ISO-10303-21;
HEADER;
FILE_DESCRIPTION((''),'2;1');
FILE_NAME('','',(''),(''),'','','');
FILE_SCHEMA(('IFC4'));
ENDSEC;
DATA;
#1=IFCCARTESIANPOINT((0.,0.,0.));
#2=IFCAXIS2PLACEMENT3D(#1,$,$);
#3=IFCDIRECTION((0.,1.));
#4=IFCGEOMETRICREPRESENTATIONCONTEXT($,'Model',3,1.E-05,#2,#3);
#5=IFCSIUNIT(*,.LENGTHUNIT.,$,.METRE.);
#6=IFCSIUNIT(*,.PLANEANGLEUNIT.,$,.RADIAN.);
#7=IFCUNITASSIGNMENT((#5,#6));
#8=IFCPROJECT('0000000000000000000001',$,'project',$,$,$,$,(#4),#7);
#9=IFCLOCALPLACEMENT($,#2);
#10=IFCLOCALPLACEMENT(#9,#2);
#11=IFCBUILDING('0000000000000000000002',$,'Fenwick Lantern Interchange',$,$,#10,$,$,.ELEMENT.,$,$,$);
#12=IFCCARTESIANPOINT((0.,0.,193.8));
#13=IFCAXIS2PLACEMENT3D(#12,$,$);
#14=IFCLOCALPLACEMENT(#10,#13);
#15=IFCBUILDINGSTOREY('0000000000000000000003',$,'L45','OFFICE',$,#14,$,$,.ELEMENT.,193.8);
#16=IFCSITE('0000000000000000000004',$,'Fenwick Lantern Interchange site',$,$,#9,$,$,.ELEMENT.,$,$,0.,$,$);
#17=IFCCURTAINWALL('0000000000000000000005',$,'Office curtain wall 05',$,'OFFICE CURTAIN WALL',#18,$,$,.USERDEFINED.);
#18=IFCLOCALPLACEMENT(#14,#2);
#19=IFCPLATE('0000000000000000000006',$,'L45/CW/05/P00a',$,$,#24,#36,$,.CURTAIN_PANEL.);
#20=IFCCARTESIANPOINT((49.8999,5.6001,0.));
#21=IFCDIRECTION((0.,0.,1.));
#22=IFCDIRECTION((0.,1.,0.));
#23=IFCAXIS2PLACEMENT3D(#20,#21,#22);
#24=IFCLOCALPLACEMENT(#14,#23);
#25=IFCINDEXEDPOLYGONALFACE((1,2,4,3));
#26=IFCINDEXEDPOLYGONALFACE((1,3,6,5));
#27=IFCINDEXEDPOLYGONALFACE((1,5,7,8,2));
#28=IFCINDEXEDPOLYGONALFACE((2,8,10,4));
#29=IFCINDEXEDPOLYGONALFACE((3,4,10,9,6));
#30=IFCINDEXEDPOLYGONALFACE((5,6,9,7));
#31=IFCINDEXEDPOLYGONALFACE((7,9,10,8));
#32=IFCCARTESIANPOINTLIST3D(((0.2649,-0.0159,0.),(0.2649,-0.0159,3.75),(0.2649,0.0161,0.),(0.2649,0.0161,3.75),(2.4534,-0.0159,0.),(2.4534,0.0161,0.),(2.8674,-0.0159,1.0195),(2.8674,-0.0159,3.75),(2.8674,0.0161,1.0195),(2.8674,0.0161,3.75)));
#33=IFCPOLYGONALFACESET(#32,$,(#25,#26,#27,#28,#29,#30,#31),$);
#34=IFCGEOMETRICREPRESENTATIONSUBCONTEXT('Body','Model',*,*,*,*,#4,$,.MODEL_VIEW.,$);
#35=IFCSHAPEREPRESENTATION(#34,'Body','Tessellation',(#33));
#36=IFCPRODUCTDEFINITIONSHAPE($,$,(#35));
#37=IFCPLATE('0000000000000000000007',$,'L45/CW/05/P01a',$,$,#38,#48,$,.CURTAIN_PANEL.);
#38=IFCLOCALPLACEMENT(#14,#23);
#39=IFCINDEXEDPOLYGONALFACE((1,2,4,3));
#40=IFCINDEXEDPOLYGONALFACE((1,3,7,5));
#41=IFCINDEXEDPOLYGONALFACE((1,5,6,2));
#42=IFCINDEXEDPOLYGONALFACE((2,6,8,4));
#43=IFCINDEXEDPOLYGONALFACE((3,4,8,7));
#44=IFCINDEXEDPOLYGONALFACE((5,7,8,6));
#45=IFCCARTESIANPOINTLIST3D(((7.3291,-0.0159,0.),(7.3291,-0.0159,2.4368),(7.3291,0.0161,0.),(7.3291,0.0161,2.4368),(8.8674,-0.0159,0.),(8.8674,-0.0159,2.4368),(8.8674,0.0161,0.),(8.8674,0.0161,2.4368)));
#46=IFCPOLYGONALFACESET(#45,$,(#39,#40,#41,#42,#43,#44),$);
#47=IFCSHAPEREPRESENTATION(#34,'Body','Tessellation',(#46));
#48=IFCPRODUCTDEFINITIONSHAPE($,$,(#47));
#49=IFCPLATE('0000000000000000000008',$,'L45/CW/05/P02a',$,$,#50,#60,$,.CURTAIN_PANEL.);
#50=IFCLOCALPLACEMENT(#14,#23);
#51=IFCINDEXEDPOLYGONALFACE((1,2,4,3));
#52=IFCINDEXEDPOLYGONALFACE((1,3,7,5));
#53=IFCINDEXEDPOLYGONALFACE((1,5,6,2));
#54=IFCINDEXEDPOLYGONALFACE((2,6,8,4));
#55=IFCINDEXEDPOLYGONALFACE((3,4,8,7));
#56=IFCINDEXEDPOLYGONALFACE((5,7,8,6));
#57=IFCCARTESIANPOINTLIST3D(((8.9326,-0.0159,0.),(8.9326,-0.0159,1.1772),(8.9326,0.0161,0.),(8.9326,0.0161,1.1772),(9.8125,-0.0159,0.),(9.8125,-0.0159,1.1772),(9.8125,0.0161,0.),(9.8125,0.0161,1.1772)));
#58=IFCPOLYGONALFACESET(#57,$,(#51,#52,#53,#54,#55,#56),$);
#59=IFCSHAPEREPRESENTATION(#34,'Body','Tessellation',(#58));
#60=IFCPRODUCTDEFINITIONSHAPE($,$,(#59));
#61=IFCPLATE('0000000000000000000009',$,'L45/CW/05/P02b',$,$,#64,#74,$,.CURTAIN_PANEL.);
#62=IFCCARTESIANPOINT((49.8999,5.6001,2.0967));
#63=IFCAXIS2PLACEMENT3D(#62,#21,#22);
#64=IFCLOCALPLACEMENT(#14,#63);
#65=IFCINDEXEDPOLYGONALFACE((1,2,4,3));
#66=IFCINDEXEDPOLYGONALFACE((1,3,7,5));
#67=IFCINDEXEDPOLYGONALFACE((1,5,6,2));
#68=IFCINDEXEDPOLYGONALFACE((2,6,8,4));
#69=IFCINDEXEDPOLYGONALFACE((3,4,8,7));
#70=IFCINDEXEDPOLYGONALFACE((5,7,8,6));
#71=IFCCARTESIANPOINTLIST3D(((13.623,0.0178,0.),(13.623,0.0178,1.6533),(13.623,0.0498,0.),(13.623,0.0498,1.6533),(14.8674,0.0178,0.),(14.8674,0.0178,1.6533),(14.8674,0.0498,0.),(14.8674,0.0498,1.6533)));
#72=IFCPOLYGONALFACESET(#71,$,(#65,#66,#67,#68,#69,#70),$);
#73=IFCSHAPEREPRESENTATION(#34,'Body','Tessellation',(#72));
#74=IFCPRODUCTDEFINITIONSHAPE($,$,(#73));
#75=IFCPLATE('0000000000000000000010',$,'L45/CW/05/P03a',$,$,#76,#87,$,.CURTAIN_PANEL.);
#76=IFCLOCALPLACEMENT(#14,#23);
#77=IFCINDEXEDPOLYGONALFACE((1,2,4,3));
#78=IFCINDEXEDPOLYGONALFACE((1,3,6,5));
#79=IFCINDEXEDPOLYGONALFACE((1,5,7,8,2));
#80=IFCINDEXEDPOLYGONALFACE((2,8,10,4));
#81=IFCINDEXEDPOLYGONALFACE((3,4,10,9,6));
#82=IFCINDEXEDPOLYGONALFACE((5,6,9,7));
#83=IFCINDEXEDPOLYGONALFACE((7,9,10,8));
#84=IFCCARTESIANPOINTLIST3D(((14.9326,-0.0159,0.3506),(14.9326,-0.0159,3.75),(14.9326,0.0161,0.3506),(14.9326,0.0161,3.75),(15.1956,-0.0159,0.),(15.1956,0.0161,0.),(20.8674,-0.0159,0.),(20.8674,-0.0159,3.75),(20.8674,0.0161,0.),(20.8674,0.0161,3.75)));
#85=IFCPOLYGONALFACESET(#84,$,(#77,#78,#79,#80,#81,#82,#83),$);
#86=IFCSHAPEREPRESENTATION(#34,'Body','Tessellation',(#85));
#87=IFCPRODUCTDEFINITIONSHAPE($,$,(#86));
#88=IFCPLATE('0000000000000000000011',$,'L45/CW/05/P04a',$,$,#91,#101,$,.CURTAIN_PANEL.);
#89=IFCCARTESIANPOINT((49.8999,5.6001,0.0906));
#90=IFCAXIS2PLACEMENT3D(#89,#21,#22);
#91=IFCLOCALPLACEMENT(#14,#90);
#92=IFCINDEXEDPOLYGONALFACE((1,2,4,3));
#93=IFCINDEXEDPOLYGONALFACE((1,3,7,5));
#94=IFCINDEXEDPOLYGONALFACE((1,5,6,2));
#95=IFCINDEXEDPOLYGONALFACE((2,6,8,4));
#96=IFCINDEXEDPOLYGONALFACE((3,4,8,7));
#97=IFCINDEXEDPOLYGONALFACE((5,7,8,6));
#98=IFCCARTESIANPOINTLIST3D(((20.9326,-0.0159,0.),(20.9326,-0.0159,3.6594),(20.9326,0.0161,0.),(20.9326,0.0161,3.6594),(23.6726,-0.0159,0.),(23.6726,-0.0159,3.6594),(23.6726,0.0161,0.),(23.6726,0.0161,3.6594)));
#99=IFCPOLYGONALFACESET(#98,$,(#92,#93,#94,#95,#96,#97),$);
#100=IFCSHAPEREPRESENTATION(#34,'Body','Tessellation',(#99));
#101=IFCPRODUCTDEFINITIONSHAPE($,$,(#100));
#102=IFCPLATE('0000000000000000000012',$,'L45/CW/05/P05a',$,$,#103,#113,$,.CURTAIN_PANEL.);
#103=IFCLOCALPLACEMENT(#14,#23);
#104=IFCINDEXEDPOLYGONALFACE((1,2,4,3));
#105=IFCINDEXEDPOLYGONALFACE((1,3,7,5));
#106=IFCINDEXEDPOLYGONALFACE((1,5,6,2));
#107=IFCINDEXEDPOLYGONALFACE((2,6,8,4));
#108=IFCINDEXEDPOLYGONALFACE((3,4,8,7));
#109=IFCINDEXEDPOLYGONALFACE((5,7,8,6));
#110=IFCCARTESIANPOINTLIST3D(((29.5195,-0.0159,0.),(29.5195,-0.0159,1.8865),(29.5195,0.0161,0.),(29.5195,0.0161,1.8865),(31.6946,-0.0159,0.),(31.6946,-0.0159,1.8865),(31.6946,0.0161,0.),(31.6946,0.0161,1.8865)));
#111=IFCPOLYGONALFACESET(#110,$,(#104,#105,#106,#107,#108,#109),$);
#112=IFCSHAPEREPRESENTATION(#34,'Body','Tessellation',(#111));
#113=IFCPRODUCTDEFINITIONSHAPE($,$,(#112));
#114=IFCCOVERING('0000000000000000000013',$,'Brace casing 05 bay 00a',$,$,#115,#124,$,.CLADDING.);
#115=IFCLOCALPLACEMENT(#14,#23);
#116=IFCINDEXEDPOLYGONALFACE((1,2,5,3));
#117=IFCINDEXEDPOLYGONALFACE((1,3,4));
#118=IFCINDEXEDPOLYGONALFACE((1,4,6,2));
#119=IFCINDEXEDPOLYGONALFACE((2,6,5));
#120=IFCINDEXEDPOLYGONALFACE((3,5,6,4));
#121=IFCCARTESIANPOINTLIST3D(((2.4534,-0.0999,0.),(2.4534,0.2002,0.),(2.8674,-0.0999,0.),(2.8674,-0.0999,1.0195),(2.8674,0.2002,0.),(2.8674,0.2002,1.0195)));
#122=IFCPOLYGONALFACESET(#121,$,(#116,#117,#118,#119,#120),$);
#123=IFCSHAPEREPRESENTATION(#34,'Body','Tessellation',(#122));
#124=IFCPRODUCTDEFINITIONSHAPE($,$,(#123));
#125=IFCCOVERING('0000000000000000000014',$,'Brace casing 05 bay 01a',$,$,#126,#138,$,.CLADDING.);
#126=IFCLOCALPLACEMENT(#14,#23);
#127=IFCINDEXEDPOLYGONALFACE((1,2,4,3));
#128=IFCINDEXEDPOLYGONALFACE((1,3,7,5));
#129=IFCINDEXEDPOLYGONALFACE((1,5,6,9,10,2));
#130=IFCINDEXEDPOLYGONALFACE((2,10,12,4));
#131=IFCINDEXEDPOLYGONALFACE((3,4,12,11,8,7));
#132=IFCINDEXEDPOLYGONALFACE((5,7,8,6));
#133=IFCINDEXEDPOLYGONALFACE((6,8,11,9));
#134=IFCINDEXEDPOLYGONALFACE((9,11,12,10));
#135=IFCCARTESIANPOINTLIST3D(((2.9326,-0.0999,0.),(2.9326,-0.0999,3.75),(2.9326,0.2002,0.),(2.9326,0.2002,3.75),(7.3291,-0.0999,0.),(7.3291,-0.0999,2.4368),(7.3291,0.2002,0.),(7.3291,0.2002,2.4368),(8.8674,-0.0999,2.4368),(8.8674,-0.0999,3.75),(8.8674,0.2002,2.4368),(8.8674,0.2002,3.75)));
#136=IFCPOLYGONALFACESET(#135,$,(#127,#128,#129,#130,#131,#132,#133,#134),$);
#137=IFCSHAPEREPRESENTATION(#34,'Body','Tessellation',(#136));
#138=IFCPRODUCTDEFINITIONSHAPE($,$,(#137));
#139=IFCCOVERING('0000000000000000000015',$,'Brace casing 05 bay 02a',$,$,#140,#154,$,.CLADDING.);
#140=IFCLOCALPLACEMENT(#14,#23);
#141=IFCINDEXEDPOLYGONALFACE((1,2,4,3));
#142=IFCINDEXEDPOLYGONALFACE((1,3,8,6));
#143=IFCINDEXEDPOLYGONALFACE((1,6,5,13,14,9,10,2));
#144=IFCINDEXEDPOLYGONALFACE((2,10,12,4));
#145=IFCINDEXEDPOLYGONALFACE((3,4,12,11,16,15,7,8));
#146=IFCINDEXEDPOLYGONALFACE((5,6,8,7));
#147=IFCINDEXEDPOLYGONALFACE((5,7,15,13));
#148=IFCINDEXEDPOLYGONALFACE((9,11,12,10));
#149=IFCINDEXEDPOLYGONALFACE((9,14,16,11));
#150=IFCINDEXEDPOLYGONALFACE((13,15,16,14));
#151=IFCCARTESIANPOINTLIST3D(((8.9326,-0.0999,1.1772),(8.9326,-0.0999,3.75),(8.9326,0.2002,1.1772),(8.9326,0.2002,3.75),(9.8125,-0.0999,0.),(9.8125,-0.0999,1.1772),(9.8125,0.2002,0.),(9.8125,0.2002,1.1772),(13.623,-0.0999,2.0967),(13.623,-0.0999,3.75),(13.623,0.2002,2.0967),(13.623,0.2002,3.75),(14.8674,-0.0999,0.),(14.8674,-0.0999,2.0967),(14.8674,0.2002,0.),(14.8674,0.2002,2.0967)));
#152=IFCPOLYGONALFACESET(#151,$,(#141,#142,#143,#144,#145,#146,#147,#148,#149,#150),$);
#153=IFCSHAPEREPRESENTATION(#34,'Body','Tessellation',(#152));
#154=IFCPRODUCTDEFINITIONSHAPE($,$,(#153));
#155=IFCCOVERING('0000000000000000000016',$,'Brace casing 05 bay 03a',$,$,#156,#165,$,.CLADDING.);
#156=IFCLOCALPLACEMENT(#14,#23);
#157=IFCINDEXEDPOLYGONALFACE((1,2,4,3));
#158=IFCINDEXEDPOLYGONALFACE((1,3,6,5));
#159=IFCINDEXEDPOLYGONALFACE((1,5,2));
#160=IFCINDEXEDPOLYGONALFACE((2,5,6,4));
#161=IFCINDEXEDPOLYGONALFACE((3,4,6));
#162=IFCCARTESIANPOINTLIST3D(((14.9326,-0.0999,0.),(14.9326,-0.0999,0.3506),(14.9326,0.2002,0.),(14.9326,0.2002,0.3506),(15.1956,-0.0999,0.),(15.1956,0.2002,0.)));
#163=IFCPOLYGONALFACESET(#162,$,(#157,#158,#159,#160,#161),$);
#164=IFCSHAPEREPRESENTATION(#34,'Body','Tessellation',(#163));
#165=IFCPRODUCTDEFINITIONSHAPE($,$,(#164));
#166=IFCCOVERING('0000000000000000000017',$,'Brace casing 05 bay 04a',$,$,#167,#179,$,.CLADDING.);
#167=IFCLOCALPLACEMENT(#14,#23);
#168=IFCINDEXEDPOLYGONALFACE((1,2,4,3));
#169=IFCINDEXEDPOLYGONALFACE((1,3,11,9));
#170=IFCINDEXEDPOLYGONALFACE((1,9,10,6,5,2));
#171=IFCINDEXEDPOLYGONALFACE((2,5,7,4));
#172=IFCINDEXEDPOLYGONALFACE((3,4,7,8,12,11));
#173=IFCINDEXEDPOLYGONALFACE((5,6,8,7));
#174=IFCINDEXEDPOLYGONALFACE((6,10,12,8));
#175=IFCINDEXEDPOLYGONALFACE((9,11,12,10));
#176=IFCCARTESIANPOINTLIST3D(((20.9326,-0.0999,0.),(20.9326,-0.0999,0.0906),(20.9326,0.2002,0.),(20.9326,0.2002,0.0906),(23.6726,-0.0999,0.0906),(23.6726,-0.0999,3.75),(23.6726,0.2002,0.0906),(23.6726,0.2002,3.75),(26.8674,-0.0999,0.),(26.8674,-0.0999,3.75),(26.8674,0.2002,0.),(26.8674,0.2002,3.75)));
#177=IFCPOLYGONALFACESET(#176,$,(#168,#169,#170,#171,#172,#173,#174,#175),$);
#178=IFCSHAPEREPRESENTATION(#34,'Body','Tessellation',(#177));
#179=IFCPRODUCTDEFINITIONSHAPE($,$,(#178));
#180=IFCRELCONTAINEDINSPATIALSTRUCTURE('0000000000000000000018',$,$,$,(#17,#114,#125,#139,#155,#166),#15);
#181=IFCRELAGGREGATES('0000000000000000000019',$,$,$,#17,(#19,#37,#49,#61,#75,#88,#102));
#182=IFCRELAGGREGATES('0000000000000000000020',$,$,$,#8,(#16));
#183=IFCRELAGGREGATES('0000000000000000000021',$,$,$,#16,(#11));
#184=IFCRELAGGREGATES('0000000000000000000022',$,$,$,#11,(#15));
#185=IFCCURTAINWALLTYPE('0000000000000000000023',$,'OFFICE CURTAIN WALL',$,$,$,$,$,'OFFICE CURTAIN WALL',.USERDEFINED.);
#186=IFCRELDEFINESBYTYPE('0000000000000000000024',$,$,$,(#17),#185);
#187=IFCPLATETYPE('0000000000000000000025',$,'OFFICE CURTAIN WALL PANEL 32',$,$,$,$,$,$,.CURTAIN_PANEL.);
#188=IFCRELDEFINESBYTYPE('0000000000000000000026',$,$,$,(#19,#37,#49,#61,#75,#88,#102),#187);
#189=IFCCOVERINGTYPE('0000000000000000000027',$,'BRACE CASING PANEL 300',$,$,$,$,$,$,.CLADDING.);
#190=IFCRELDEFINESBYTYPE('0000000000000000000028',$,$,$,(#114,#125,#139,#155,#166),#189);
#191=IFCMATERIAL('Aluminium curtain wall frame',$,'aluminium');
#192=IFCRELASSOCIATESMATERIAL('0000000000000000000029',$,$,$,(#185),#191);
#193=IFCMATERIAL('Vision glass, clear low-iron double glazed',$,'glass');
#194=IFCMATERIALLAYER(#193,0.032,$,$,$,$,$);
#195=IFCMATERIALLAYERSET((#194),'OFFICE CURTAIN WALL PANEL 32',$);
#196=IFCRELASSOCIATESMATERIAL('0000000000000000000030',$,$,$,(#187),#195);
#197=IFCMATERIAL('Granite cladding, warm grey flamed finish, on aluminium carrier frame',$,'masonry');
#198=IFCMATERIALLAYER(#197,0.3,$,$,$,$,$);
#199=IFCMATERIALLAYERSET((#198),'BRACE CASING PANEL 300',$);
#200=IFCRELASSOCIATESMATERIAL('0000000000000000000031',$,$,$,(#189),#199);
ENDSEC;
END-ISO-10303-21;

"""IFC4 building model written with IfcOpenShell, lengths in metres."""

from ifc_helpers import new_model, si_unit, direction, frame, origin, place, context, subcontext, project, spatial, polyline, outline, extrude, material, layer, layer_set, type_object, element, aggregate, save


model = new_model("IFC4")

# Units and contexts
model_context = context("Model", 3, precision=1e-05, world=origin(), true_north=direction((0.0, 1.0)))
body_context = subcontext(model_context, "Body", "Model", "MODEL_VIEW")
ifc_project = project(units=[si_unit("LENGTHUNIT", "METRE"), si_unit("PLANEANGLEUNIT", "RADIAN")], contexts=[model_context])

# Site, building, storey
site_placement = place(None, origin())
site = spatial("IfcSite", under=ifc_project, at=site_placement, Name="Fenwick Lantern Interchange site", CompositionType="ELEMENT", RefElevation=0.0)
building_placement = place(site_placement, origin())
building = spatial("IfcBuilding", under=site, at=building_placement, Name="Fenwick Lantern Interchange", CompositionType="ELEMENT")
storey_placement = place(building_placement, frame((0.0, 0.0, 193.8)))
storey = spatial("IfcBuildingStorey", under=building, at=storey_placement, Name="L45", Description="OFFICE", CompositionType="ELEMENT", Elevation=193.8)

# Shared definitions
ifc_material_1 = material(Name="Aluminium curtain wall frame", Category="aluminium")
curtain_wall_type = type_object("IfcCurtainWallType", Name="OFFICE CURTAIN WALL", ElementType="OFFICE CURTAIN WALL", PredefinedType="USERDEFINED", material=ifc_material_1)

# Shared definitions
ifc_material_2 = material(Name="Vision glass, clear low-iron double glazed", Category="glass")
ifc_layer_1 = layer(ifc_material_2, 0.032)
ifc_layer_set_1 = layer_set([ifc_layer_1], Name="OFFICE CURTAIN WALL PANEL 32")
plate_type = type_object("IfcPlateType", Name="OFFICE CURTAIN WALL PANEL 32", PredefinedType="CURTAIN_PANEL", material=ifc_layer_set_1)

# Curtain wall, plates
curtain_wall_1_placement = place(storey_placement, origin())
curtain_wall_1 = element("IfcCurtainWall", 1, at=curtain_wall_1_placement, inside=storey, type_object=curtain_wall_type, Name="Office curtain wall 05", ObjectType="OFFICE CURTAIN WALL", PredefinedType="USERDEFINED")
plate_1_placement = place(storey_placement, frame((49.8999, 5.6001, 0.0), z_axis=(0.0, 0.0, 1.0), x_axis=(0.0, 1.0, 0.0)))
plate_1 = element("IfcPlate", 2, at=plate_1_placement, type_object=plate_type, Name="L45/CW/05/P00a", PredefinedType="CURTAIN_PANEL", context=body_context, shape_type="SweptSolid", body=[
    extrude(outline(polyline([(0.2649, 0.0), (2.4534, 0.0), (2.8674, 1.0195), (2.8674, 3.75), (0.2649, 3.75), (0.2649, 0.0)])), frame((0.0, 0.0161, 0.0), z_axis=(0.0, -1.0, 0.0), x_axis=(1.0, 0.0, 0.0)), (0.0, 0.0, 1.0), 0.032),
])
plate_2_placement = place(storey_placement, frame((49.8999, 5.6001, 0.0), z_axis=(0.0, 0.0, 1.0), x_axis=(0.0, 1.0, 0.0)))
plate_2 = element("IfcPlate", 3, at=plate_2_placement, type_object=plate_type, Name="L45/CW/05/P01a", PredefinedType="CURTAIN_PANEL", context=body_context, shape_type="SweptSolid", body=[
    extrude(outline(polyline([(7.3291, 0.0), (8.8674, 0.0), (8.8674, 2.4368), (7.3291, 2.4368), (7.3291, 0.0)])), frame((0.0, 0.0161, 0.0), z_axis=(0.0, -1.0, 0.0), x_axis=(1.0, 0.0, 0.0)), (0.0, 0.0, 1.0), 0.032),
])
plate_3_placement = place(storey_placement, frame((49.8999, 5.6001, 0.0), z_axis=(0.0, 0.0, 1.0), x_axis=(0.0, 1.0, 0.0)))
plate_3 = element("IfcPlate", 4, at=plate_3_placement, type_object=plate_type, Name="L45/CW/05/P02a", PredefinedType="CURTAIN_PANEL", context=body_context, shape_type="SweptSolid", body=[
    extrude(outline(polyline([(8.9326, 0.0), (9.8125, 0.0), (9.8125, 1.1772), (8.9326, 1.1772), (8.9326, 0.0)])), frame((0.0, 0.0161, 0.0), z_axis=(0.0, -1.0, 0.0), x_axis=(1.0, 0.0, 0.0)), (0.0, 0.0, 1.0), 0.032),
])
plate_4_placement = place(storey_placement, frame((49.8999, 5.6001, 2.0967), z_axis=(0.0, 0.0, 1.0), x_axis=(0.0, 1.0, 0.0)))
plate_4 = element("IfcPlate", 5, at=plate_4_placement, type_object=plate_type, Name="L45/CW/05/P02b", PredefinedType="CURTAIN_PANEL", context=body_context, shape_type="SweptSolid", body=[
    extrude(outline(polyline([(13.623, 0.0), (14.8674, 0.0), (14.8674, 1.6533), (13.623, 1.6533), (13.623, 0.0)])), frame((0.0, 0.0498, 0.0), z_axis=(0.0, -1.0, 0.0), x_axis=(1.0, 0.0, 0.0)), (0.0, 0.0, 1.0), 0.032),
])
plate_5_placement = place(storey_placement, frame((49.8999, 5.6001, 0.0), z_axis=(0.0, 0.0, 1.0), x_axis=(0.0, 1.0, 0.0)))
plate_5 = element("IfcPlate", 6, at=plate_5_placement, type_object=plate_type, Name="L45/CW/05/P03a", PredefinedType="CURTAIN_PANEL", context=body_context, shape_type="SweptSolid", body=[
    extrude(outline(polyline([(15.1956, 0.0), (20.8674, 0.0), (20.8674, 3.75), (14.9326, 3.75), (14.9326, 0.3506), (15.1956, 0.0)])), frame((0.0, 0.0161, 0.0), z_axis=(0.0, -1.0, 0.0), x_axis=(1.0, 0.0, 0.0)), (0.0, 0.0, 1.0), 0.032),
])
plate_6_placement = place(storey_placement, frame((49.8999, 5.6001, 0.0906), z_axis=(0.0, 0.0, 1.0), x_axis=(0.0, 1.0, 0.0)))
plate_6 = element("IfcPlate", 7, at=plate_6_placement, type_object=plate_type, Name="L45/CW/05/P04a", PredefinedType="CURTAIN_PANEL", context=body_context, shape_type="SweptSolid", body=[
    extrude(outline(polyline([(20.9326, 0.0), (23.6726, 0.0), (23.6726, 3.6594), (20.9326, 3.6594), (20.9326, 0.0)])), frame((0.0, 0.0161, 0.0), z_axis=(0.0, -1.0, 0.0), x_axis=(1.0, 0.0, 0.0)), (0.0, 0.0, 1.0), 0.032),
])
plate_7_placement = place(storey_placement, frame((49.8999, 5.6001, 0.0), z_axis=(0.0, 0.0, 1.0), x_axis=(0.0, 1.0, 0.0)))
plate_7 = element("IfcPlate", 8, at=plate_7_placement, type_object=plate_type, Name="L45/CW/05/P05a", PredefinedType="CURTAIN_PANEL", context=body_context, shape_type="SweptSolid", body=[
    extrude(outline(polyline([(29.5195, 0.0), (31.6946, 0.0), (31.6946, 1.8865), (29.5195, 1.8865), (29.5195, 0.0)])), frame((0.0, 0.0161, 0.0), z_axis=(0.0, -1.0, 0.0), x_axis=(1.0, 0.0, 0.0)), (0.0, 0.0, 1.0), 0.032),
])
aggregate(curtain_wall_1, [plate_1, plate_2, plate_3, plate_4, plate_5, plate_6, plate_7])

# Coverings
ifc_material_3 = material(Name="Granite cladding, warm grey flamed finish, on aluminium carrier frame", Category="masonry")
ifc_layer_2 = layer(ifc_material_3, 0.3)
ifc_layer_set_2 = layer_set([ifc_layer_2], Name="BRACE CASING PANEL 300")
covering_type = type_object("IfcCoveringType", Name="BRACE CASING PANEL 300", PredefinedType="CLADDING", material=ifc_layer_set_2)
covering_1_placement = place(storey_placement, frame((49.8999, 5.6001, 0.0), z_axis=(0.0, 0.0, 1.0), x_axis=(0.0, 1.0, 0.0)))
element("IfcCovering", 9, at=covering_1_placement, inside=storey, type_object=covering_type, Name="Brace casing 05 bay 00a", PredefinedType="CLADDING", context=body_context, shape_type="SweptSolid", body=[
    extrude(outline(polyline([(2.4534, 0.0), (2.8674, 0.0), (2.8674, 1.0195), (2.4534, 0.0)])), frame((0.0, 0.2002, 0.0), z_axis=(0.0, -1.0, 0.0), x_axis=(1.0, 0.0, 0.0)), (0.0, 0.0, 1.0), 0.3),
])
covering_2_placement = place(storey_placement, frame((49.8999, 5.6001, 0.0), z_axis=(0.0, 0.0, 1.0), x_axis=(0.0, 1.0, 0.0)))
element("IfcCovering", 10, at=covering_2_placement, inside=storey, type_object=covering_type, Name="Brace casing 05 bay 01a", PredefinedType="CLADDING", context=body_context, shape_type="SweptSolid", body=[
    extrude(outline(polyline([(2.9326, 0.0), (7.3291, 0.0), (7.3291, 2.4368), (8.8674, 2.4368), (8.8674, 3.75), (2.9326, 3.75), (2.9326, 0.0)])), frame((0.0, 0.2002, 0.0), z_axis=(0.0, -1.0, 0.0), x_axis=(1.0, 0.0, 0.0)), (0.0, 0.0, 1.0), 0.3),
])
covering_3_placement = place(storey_placement, frame((49.8999, 5.6001, 0.0), z_axis=(0.0, 0.0, 1.0), x_axis=(0.0, 1.0, 0.0)))
element("IfcCovering", 11, at=covering_3_placement, inside=storey, type_object=covering_type, Name="Brace casing 05 bay 02a", PredefinedType="CLADDING", context=body_context, shape_type="SweptSolid", body=[
    extrude(outline(polyline([(9.8125, 0.0), (14.8674, 0.0), (14.8674, 2.0967), (13.623, 2.0967), (13.623, 3.75), (8.9326, 3.75), (8.9326, 1.1772), (9.8125, 1.1772), (9.8125, 0.0)])), frame((0.0, 0.2002, 0.0), z_axis=(0.0, -1.0, 0.0), x_axis=(1.0, 0.0, 0.0)), (0.0, 0.0, 1.0), 0.3),
])
covering_4_placement = place(storey_placement, frame((49.8999, 5.6001, 0.0), z_axis=(0.0, 0.0, 1.0), x_axis=(0.0, 1.0, 0.0)))
element("IfcCovering", 12, at=covering_4_placement, inside=storey, type_object=covering_type, Name="Brace casing 05 bay 03a", PredefinedType="CLADDING", context=body_context, shape_type="SweptSolid", body=[
    extrude(outline(polyline([(14.9326, 0.0), (15.1956, 0.0), (14.9326, 0.3506), (14.9326, 0.0)])), frame((0.0, 0.2002, 0.0), z_axis=(0.0, -1.0, 0.0), x_axis=(1.0, 0.0, 0.0)), (0.0, 0.0, 1.0), 0.3),
])
covering_5_placement = place(storey_placement, frame((49.8999, 5.6001, 0.0), z_axis=(0.0, 0.0, 1.0), x_axis=(0.0, 1.0, 0.0)))
element("IfcCovering", 13, at=covering_5_placement, inside=storey, type_object=covering_type, Name="Brace casing 05 bay 04a", PredefinedType="CLADDING", context=body_context, shape_type="SweptSolid", body=[
    extrude(outline(polyline([(20.9326, 0.0), (26.8674, 0.0), (26.8674, 3.75), (23.6726, 3.75), (23.6726, 0.0906), (20.9326, 0.0906), (20.9326, 0.0)])), frame((0.0, 0.2002, 0.0), z_axis=(0.0, -1.0, 0.0), x_axis=(1.0, 0.0, 0.0)), (0.0, 0.0, 1.0), 0.3),
])

save(model, "model.ifc")
